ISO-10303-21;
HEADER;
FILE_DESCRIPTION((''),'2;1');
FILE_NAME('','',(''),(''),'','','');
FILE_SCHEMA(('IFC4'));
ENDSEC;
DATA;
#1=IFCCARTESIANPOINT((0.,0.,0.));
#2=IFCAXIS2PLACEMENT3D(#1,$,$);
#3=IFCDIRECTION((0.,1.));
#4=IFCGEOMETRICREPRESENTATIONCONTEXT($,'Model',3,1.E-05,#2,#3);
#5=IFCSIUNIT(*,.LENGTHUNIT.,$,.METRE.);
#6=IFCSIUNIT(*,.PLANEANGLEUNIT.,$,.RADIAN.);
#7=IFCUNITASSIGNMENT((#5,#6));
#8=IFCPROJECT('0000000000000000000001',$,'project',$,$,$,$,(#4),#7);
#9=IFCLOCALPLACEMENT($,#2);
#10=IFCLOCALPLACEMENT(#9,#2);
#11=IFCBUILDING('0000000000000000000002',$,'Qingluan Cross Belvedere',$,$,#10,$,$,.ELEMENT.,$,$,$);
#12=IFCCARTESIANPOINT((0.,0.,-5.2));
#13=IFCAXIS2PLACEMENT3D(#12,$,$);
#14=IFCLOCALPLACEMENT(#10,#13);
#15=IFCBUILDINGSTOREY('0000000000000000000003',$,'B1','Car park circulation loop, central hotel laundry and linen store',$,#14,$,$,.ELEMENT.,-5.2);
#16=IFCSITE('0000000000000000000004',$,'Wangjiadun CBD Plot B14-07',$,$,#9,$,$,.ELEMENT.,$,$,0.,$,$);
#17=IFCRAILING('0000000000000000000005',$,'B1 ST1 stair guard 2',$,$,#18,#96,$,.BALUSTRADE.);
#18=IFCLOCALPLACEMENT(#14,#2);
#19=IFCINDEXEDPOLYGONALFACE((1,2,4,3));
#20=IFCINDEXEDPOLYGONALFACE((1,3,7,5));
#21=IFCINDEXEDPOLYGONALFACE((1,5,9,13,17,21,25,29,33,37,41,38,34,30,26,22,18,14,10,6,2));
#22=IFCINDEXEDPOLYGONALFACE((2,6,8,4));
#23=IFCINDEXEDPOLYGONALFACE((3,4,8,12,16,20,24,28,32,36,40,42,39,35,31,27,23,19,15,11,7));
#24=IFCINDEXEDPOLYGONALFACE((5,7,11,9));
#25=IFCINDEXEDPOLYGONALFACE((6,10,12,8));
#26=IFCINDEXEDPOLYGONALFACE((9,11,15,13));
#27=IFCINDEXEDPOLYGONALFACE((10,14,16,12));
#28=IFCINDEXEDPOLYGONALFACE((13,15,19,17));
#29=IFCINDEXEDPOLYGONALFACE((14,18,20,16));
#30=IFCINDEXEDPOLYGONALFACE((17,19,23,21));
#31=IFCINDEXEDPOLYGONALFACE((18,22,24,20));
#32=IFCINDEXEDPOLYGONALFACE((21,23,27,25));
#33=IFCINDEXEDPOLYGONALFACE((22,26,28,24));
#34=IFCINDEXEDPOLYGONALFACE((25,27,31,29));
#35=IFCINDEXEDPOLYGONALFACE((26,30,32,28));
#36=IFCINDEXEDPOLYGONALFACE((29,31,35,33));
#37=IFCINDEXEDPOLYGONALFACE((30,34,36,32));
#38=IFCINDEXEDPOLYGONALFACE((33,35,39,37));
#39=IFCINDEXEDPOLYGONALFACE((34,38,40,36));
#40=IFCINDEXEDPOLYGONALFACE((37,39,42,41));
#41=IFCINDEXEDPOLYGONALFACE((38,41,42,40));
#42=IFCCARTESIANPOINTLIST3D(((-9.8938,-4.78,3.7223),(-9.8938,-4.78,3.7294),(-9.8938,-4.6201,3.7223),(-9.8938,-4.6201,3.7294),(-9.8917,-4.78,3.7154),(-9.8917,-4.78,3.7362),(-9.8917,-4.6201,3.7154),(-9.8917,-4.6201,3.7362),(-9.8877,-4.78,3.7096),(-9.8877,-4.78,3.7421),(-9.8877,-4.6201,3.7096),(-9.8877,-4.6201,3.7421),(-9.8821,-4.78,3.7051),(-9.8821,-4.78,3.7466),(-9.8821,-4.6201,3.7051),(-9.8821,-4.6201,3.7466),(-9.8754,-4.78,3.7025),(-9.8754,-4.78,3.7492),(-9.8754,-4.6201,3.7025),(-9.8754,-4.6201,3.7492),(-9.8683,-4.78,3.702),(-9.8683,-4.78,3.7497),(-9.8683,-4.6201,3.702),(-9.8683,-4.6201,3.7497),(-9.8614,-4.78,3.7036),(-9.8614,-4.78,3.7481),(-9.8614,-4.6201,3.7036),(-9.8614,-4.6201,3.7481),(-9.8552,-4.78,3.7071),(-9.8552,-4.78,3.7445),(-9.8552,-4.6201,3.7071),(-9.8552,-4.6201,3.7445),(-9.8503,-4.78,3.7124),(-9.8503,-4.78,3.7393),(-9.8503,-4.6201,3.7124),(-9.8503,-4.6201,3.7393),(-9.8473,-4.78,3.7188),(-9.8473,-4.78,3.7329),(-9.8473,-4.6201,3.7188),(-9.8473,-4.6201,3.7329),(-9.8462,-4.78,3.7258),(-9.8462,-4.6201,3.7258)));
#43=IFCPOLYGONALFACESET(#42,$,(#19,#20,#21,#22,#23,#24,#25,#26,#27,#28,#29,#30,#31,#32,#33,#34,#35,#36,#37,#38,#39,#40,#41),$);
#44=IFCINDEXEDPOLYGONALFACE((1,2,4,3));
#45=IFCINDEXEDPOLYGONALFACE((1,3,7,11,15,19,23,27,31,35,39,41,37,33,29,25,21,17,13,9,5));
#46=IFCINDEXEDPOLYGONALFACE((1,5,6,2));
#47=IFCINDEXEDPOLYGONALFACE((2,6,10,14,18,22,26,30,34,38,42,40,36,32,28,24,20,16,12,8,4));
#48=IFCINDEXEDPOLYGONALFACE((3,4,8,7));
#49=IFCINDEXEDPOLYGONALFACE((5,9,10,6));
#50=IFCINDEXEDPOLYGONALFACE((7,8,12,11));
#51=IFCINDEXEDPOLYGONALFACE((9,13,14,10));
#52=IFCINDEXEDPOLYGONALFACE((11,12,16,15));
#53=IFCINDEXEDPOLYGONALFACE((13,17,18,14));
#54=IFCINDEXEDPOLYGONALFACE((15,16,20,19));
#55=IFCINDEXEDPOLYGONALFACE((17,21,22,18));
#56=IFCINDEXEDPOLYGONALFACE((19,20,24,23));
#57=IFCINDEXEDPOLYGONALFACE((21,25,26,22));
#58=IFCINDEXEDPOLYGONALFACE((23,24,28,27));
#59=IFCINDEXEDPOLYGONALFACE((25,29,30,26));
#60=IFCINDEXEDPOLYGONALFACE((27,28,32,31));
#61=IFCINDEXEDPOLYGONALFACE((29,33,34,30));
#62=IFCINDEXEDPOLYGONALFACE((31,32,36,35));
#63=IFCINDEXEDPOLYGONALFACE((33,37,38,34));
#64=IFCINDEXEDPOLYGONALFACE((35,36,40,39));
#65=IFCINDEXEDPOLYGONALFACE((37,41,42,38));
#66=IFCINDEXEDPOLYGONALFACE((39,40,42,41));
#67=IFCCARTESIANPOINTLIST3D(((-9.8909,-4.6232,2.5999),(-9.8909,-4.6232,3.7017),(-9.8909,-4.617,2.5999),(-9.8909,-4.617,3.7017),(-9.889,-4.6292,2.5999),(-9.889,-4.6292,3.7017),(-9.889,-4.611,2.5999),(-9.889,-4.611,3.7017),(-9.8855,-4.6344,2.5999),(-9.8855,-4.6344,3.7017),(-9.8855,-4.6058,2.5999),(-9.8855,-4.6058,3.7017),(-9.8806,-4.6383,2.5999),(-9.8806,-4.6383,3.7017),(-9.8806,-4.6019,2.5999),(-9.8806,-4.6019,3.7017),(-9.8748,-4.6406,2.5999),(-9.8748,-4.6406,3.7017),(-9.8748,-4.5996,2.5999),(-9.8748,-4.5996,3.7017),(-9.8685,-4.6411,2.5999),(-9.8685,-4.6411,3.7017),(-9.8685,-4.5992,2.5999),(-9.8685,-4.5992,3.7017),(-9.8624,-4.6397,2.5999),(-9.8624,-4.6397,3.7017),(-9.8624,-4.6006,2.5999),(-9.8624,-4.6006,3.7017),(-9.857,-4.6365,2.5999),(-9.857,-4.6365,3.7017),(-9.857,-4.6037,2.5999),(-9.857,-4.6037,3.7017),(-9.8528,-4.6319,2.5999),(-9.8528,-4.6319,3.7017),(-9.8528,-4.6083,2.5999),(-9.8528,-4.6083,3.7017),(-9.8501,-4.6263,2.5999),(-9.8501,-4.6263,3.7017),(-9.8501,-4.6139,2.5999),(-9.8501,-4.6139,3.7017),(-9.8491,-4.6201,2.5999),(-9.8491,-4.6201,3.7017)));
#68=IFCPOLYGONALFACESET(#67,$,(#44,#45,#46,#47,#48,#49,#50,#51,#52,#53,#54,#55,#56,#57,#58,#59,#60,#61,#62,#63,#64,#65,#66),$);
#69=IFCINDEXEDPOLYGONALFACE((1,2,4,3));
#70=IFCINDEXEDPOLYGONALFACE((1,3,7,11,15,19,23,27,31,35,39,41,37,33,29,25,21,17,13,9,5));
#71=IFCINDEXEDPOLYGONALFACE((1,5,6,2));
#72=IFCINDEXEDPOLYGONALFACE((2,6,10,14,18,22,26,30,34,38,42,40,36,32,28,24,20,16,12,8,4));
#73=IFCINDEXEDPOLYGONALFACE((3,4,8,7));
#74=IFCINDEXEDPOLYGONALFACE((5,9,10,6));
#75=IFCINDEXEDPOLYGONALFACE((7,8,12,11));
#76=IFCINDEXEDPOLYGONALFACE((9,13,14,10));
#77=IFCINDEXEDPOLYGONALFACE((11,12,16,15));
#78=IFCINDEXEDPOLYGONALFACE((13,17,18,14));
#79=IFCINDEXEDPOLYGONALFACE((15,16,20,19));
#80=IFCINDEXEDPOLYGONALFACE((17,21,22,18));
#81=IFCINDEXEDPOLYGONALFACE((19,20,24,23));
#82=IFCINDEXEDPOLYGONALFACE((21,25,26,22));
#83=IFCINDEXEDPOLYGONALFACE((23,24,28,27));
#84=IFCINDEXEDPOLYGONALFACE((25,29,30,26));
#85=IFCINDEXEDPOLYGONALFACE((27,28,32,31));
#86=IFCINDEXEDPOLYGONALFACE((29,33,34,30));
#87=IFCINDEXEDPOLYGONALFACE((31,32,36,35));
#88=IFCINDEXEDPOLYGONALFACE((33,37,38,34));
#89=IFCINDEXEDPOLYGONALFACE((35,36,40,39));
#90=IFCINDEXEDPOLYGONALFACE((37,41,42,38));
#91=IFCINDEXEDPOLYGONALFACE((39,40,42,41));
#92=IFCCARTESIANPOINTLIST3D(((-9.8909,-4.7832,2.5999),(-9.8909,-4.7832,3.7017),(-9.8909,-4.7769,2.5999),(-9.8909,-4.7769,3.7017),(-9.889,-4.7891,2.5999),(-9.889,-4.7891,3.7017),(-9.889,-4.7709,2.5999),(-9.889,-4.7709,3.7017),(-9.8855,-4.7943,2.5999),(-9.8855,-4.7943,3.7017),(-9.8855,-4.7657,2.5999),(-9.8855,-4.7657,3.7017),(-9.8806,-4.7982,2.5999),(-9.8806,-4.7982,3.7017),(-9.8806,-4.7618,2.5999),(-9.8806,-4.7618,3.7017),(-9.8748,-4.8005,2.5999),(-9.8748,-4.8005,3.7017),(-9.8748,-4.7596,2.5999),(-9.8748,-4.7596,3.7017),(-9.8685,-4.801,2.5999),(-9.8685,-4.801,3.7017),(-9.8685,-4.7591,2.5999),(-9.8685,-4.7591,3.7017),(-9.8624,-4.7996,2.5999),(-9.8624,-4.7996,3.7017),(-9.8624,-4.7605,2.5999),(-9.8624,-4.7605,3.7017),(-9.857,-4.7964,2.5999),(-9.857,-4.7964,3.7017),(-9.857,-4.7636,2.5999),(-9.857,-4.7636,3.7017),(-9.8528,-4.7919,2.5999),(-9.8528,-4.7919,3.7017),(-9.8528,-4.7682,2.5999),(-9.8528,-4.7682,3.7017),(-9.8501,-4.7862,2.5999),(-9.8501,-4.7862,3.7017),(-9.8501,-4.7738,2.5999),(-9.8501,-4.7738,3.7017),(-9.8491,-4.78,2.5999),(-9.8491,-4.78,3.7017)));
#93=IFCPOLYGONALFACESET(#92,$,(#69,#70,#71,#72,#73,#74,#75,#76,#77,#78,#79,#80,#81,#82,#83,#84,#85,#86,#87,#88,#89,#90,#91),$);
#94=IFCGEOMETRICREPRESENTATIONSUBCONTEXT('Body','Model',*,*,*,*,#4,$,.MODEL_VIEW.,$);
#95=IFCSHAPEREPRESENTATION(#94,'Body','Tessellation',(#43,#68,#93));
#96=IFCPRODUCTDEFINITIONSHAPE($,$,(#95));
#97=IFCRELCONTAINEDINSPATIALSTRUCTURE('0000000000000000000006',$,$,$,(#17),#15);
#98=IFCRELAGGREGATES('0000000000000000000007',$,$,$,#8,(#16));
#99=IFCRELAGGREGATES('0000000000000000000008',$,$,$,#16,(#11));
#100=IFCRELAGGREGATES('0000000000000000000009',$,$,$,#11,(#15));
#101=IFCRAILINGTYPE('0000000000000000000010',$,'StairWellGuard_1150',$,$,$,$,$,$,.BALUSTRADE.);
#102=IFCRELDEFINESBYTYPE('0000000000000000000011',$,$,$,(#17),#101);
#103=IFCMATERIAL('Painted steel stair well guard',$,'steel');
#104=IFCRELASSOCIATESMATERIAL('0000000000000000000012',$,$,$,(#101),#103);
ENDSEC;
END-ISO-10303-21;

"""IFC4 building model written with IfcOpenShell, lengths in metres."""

from ifc_helpers import new_model, si_unit, direction, frame, origin, origin_2d, place, context, subcontext, project, spatial, circle, extrude, material, type_object, element, save


model = new_model("IFC4")

# Units and contexts
model_context = context("Model", 3, precision=1e-05, world=origin(), true_north=direction((0.0, 1.0)))
body_context = subcontext(model_context, "Body", "Model", "MODEL_VIEW")
ifc_project = project(units=[si_unit("LENGTHUNIT", "METRE"), si_unit("PLANEANGLEUNIT", "RADIAN")], contexts=[model_context])

# Site, building, storey
site_placement = place(None, origin())
site = spatial("IfcSite", under=ifc_project, at=site_placement, Name="Wangjiadun CBD Plot B14-07", CompositionType="ELEMENT", RefElevation=0.0)
building_placement = place(site_placement, origin())
building = spatial("IfcBuilding", under=site, at=building_placement, Name="Qingluan Cross Belvedere", CompositionType="ELEMENT")
storey_placement = place(building_placement, frame((0.0, 0.0, -5.2)))
storey = spatial("IfcBuildingStorey", under=building, at=storey_placement, Name="B1", Description="Car park circulation loop, central hotel laundry and linen store", CompositionType="ELEMENT", Elevation=-5.2)

# Railing
ifc_material_1 = material(Name="Painted steel stair well guard", Category="steel")
railing_type_1 = type_object("IfcRailingType", Name="StairWellGuard_1150", PredefinedType="BALUSTRADE", material=ifc_material_1)
railing_1_placement = place(storey_placement, frame((-9.8701, -4.6201, 2.5999)))
element("IfcRailing", 1, at=railing_1_placement, inside=storey, type_object=railing_type_1, Name="B1 ST1 stair guard 2", PredefinedType="BALUSTRADE", context=body_context, shape_type="SweptSolid", body=[
    extrude(circle(Radius=0.0239, at=origin_2d()), frame((0.0, 0.0, 1.126), z_axis=(0.0, -1.0, 0.0), x_axis=(1.0, 0.0, 0.0)), (0.0, 0.0, 1.0), 0.1599),
    extrude(circle(Radius=0.021, at=origin_2d()), origin(), (0.0, 0.0, 1.0), 1.1018),
    extrude(circle(Radius=0.021, at=origin_2d()), frame((0.0, -0.1599, 0.0)), (0.0, 0.0, 1.0), 1.1018),
])

save(model, "model.ifc")
